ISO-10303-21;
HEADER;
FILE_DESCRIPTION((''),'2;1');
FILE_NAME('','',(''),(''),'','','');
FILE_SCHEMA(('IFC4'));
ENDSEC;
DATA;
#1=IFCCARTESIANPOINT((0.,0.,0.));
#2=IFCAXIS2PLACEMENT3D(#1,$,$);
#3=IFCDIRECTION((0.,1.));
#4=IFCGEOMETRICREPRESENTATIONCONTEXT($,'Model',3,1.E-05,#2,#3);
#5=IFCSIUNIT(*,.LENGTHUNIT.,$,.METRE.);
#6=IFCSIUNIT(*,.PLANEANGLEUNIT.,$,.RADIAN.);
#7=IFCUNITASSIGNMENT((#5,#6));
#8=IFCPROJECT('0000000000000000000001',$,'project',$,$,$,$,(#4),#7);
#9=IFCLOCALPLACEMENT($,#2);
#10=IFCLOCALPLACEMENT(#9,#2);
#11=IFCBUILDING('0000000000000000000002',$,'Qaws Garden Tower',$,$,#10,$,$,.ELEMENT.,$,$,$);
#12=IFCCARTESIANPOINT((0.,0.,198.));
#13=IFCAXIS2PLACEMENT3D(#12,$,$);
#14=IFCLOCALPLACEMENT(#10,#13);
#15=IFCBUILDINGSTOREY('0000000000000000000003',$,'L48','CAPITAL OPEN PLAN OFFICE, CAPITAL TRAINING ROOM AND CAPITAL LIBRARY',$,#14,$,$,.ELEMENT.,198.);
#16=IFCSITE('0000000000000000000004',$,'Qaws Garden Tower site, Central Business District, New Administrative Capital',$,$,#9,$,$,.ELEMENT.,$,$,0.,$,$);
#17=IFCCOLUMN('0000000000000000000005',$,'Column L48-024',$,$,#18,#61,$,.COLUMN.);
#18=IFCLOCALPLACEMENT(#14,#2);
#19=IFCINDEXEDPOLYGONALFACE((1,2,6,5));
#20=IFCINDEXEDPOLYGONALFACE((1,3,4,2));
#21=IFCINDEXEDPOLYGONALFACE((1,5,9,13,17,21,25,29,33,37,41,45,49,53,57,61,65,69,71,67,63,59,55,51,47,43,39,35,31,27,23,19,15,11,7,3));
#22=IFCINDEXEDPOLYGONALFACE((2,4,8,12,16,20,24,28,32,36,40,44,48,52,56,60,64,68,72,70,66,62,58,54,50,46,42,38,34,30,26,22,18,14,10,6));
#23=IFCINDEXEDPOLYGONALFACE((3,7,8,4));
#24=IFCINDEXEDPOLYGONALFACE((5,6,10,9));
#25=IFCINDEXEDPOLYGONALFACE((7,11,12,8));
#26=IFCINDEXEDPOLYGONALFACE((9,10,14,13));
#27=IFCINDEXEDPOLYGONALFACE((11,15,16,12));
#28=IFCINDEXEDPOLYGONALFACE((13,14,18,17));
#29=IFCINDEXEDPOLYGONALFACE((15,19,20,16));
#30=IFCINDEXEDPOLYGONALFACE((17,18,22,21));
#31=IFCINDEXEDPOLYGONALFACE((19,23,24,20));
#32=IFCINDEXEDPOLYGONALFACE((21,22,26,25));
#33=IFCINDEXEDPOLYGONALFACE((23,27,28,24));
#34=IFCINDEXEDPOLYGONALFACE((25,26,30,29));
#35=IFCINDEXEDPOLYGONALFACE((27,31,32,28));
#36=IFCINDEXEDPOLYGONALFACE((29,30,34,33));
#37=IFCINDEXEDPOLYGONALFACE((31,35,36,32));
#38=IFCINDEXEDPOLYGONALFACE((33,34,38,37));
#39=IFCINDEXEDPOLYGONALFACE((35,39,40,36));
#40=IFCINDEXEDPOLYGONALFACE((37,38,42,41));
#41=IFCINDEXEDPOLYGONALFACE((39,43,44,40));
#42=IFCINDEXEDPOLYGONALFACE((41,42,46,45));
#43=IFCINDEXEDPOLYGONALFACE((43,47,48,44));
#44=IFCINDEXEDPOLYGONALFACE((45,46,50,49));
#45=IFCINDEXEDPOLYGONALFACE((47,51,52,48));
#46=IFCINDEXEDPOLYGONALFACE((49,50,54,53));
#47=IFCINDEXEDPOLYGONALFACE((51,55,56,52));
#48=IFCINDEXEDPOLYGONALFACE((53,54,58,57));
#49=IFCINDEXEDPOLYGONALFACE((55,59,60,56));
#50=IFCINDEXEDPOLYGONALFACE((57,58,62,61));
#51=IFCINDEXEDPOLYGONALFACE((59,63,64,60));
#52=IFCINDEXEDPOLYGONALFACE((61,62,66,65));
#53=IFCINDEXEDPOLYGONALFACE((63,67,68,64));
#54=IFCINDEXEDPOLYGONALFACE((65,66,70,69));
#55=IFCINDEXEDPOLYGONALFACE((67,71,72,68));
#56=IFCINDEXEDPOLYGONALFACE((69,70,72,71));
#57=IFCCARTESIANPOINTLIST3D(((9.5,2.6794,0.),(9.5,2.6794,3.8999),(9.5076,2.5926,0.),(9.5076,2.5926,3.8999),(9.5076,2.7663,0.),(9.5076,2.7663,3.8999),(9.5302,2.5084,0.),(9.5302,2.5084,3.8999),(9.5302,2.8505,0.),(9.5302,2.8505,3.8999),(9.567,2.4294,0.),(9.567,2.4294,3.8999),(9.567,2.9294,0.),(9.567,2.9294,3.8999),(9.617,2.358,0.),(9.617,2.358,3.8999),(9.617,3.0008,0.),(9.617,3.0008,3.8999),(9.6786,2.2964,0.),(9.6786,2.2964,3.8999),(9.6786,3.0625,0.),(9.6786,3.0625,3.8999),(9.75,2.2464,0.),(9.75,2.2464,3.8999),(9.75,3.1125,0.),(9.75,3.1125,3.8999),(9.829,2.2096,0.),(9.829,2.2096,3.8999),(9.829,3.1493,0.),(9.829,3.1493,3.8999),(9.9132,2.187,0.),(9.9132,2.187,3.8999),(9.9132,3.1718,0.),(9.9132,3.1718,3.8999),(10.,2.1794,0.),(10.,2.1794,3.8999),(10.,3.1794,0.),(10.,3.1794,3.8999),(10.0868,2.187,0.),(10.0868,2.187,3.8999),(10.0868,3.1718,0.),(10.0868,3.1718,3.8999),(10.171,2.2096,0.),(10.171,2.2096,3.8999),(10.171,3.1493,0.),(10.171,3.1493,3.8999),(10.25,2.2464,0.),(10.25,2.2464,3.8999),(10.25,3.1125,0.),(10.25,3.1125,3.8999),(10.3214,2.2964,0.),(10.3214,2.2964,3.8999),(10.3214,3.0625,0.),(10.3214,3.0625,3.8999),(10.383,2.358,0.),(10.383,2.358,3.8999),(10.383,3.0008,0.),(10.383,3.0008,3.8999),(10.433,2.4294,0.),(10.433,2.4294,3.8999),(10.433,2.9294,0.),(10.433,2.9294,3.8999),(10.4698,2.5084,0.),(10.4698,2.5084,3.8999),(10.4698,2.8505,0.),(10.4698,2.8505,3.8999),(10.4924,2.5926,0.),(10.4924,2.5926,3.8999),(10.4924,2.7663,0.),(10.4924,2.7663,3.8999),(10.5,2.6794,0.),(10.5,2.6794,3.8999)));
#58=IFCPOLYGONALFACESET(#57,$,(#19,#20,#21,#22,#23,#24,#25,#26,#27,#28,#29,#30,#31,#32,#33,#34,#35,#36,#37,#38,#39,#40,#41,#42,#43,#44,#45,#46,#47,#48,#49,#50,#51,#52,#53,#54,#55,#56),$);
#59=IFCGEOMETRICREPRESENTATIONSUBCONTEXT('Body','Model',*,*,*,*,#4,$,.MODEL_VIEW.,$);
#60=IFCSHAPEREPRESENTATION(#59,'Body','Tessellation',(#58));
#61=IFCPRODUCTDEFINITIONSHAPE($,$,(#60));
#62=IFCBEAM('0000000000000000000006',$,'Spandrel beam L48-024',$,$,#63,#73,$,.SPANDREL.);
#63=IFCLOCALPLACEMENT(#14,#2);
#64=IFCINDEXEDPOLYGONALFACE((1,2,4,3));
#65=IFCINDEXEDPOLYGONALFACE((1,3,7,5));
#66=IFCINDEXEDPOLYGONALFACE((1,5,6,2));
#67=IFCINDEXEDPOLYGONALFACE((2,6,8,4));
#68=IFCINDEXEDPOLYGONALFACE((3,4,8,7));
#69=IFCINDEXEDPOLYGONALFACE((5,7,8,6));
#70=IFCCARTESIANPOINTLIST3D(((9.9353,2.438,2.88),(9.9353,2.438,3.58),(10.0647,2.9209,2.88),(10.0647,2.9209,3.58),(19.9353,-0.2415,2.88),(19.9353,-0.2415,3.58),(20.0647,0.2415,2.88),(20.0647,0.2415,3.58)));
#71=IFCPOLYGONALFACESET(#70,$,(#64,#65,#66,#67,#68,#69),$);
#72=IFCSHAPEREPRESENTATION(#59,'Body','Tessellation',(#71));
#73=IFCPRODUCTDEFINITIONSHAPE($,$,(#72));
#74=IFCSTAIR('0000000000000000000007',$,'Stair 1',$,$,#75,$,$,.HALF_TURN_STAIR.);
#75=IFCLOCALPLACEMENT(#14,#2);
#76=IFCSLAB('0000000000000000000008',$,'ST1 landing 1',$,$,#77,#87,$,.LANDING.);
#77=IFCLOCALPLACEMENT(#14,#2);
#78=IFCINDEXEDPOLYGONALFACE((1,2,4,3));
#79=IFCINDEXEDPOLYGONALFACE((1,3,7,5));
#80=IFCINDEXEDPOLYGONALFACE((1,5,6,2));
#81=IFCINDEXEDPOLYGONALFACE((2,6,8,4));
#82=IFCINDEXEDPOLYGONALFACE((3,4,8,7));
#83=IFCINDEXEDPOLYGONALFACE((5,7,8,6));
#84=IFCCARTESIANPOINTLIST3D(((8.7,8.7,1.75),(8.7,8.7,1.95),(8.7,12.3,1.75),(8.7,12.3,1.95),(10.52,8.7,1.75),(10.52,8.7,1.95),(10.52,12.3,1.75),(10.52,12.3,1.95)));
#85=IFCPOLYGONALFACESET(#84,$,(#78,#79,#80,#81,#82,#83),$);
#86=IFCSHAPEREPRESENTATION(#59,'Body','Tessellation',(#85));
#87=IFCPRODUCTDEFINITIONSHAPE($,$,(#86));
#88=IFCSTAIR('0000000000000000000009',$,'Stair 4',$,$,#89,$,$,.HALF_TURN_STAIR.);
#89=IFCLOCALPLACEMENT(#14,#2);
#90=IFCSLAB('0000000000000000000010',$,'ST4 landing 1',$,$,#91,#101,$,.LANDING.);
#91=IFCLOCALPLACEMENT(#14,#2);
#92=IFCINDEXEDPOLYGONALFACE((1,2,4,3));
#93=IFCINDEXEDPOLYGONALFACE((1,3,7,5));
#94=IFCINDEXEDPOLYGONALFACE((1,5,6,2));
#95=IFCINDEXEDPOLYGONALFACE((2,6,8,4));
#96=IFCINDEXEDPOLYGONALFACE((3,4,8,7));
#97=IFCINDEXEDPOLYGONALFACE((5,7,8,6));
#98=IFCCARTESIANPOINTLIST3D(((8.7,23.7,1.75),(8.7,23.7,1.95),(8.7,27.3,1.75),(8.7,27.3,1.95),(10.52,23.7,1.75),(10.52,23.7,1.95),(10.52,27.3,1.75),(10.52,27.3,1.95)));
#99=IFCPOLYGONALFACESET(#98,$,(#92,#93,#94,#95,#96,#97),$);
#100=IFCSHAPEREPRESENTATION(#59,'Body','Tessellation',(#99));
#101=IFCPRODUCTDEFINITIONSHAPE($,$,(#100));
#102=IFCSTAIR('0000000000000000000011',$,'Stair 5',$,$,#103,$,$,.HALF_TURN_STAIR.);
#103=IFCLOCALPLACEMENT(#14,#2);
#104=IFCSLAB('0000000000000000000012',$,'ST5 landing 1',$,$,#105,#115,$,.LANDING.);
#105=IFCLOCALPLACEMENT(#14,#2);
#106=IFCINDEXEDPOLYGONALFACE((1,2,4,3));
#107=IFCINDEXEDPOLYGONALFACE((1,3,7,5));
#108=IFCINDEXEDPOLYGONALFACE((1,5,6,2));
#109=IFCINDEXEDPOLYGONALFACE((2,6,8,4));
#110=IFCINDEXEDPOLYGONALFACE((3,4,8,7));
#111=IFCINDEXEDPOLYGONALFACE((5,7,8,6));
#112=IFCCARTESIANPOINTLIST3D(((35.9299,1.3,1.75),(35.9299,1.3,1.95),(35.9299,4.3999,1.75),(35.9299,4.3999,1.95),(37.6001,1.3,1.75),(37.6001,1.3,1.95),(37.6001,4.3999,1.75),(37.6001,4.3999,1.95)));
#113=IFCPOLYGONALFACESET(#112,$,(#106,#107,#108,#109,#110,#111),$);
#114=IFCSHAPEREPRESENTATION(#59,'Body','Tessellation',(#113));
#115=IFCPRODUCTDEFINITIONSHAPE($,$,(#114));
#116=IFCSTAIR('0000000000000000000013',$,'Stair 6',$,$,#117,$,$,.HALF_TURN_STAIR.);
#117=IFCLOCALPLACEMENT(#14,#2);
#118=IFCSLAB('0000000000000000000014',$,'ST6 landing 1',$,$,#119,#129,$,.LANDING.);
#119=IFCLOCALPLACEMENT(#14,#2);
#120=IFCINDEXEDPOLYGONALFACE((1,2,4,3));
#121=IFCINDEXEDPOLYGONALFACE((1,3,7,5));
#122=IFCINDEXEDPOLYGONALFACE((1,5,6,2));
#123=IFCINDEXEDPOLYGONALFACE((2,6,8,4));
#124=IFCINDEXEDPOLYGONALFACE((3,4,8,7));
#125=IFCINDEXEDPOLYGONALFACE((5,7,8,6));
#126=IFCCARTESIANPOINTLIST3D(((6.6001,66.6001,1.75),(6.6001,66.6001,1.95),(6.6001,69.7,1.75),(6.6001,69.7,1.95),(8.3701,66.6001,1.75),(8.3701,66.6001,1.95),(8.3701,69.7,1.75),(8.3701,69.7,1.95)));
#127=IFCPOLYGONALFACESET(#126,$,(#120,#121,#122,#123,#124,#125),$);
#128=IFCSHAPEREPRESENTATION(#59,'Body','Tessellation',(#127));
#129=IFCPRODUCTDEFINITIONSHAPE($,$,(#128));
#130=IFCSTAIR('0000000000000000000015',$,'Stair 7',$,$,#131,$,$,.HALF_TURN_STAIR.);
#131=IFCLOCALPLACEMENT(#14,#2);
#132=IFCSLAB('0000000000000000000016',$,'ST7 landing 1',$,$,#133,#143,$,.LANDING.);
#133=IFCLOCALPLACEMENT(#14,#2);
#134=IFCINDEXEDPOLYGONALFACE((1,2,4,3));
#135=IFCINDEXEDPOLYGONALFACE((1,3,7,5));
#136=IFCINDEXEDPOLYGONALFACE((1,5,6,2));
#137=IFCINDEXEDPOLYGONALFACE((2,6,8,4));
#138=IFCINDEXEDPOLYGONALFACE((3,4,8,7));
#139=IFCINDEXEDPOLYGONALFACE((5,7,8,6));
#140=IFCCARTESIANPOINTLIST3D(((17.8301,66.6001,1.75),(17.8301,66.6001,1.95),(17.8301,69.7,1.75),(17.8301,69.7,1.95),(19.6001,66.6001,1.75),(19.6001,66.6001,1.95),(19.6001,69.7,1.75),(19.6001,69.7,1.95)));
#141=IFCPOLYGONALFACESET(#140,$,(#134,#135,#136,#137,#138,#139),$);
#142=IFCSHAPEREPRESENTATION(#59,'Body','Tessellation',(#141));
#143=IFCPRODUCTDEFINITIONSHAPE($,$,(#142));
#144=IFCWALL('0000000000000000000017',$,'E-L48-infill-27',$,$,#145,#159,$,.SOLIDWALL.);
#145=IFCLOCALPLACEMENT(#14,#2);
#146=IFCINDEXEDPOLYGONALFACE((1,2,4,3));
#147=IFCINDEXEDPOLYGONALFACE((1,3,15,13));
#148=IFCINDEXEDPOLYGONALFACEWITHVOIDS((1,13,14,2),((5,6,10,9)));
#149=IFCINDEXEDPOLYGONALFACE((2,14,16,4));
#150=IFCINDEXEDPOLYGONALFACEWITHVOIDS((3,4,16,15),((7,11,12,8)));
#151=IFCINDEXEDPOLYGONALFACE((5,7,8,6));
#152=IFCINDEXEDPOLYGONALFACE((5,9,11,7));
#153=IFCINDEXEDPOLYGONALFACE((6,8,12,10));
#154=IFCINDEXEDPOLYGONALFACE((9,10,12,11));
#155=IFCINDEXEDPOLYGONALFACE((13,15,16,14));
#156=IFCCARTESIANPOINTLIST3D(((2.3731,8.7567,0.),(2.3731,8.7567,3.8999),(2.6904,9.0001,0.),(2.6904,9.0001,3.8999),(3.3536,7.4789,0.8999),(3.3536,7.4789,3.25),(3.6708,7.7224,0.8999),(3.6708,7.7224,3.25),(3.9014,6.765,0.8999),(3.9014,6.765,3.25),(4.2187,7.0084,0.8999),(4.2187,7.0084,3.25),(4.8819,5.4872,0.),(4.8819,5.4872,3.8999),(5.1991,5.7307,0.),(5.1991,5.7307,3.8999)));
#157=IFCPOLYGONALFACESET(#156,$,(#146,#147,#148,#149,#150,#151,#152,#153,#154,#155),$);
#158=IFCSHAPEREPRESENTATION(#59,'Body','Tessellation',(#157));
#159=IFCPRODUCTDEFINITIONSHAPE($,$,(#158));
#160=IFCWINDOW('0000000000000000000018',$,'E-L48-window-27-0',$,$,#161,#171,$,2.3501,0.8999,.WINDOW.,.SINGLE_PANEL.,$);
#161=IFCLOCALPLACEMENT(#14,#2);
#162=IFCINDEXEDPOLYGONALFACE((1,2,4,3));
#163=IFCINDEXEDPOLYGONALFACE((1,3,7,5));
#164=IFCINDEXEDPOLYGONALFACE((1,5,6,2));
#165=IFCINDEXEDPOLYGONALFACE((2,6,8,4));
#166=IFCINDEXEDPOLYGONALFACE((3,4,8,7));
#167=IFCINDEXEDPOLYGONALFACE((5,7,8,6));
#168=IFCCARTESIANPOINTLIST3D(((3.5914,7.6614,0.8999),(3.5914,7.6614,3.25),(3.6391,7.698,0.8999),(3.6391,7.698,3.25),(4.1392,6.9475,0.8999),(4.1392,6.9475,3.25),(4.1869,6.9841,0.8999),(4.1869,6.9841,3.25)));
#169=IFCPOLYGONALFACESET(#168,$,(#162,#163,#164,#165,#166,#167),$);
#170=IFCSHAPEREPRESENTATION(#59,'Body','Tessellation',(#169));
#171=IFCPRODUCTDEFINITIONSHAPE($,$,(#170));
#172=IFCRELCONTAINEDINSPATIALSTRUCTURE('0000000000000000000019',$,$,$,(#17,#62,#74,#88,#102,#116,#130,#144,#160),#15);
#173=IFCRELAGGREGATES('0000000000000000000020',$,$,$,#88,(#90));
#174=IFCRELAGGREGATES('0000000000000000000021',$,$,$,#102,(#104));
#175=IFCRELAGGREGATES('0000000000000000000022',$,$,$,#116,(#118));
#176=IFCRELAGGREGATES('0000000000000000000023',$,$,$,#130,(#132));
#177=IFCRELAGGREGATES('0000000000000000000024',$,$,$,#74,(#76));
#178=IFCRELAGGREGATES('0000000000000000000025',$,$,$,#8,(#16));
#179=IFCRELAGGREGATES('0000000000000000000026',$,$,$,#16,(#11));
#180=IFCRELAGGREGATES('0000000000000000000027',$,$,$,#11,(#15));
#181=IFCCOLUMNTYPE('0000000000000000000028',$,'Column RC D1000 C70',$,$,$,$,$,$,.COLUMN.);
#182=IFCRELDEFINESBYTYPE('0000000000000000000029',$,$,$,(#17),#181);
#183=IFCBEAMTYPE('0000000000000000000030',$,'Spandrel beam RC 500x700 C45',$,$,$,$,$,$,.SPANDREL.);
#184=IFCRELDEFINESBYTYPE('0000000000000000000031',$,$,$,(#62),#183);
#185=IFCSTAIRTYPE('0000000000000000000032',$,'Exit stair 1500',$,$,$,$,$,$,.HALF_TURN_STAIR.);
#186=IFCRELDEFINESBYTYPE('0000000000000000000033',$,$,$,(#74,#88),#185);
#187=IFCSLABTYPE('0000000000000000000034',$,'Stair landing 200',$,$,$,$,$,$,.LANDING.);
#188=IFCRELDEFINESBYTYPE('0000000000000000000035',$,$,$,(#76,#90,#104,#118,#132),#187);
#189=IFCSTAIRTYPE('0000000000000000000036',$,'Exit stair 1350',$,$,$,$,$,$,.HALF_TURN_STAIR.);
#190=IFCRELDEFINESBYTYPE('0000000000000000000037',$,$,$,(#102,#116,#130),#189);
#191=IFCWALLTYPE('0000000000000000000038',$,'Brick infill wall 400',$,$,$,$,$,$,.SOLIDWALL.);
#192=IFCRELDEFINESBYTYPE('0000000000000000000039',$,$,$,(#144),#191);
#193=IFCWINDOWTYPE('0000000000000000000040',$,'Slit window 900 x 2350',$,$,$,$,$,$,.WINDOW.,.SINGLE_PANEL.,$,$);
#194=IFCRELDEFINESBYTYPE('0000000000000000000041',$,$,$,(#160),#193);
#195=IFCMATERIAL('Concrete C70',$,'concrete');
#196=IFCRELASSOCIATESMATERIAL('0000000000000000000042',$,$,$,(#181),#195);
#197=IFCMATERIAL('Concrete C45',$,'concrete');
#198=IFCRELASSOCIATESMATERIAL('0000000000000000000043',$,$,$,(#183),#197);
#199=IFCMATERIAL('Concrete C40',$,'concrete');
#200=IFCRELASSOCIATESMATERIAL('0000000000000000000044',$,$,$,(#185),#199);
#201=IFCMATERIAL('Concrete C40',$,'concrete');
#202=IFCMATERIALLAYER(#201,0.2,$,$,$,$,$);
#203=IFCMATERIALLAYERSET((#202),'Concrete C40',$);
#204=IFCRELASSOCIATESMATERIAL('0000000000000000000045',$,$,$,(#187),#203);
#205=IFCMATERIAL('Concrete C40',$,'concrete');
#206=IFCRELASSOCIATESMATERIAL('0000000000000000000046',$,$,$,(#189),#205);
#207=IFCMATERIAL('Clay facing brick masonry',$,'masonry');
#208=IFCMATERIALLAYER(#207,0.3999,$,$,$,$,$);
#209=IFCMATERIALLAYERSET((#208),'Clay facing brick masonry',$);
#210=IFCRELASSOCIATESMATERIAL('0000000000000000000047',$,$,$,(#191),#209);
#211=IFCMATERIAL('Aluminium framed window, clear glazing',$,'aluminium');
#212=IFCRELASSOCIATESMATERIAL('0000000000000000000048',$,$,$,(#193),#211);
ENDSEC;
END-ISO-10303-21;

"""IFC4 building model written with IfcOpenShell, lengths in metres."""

from ifc_helpers import new_model, si_unit, direction, frame, frame_2d, origin, origin_2d, place, context, subcontext, project, spatial, polyline, rectangle, circle, outline, extrude, material, layer, layer_set, material_profile, profile_set, type_object, element, fill, aggregate, save


model = new_model("IFC4")

# Units and contexts
model_context = context("Model", 3, precision=1e-05, world=origin(), true_north=direction((0.0, 1.0)))
body_context = subcontext(model_context, "Body", "Model", "MODEL_VIEW")
ifc_project = project(units=[si_unit("LENGTHUNIT", "METRE"), si_unit("PLANEANGLEUNIT", "RADIAN")], contexts=[model_context])

# Site, building, storey
site_placement = place(None, origin())
site = spatial("IfcSite", under=ifc_project, at=site_placement, Name="Qaws Garden Tower site, Central Business District, New Administrative Capital", CompositionType="ELEMENT", RefElevation=0.0)
building_placement = place(site_placement, origin())
building = spatial("IfcBuilding", under=site, at=building_placement, Name="Qaws Garden Tower", CompositionType="ELEMENT")
storey_placement = place(building_placement, frame((0.0, 0.0, 198.0)))
storey = spatial("IfcBuildingStorey", under=building, at=storey_placement, Name="L48", Description="CAPITAL OPEN PLAN OFFICE, CAPITAL TRAINING ROOM AND CAPITAL LIBRARY", CompositionType="ELEMENT", Elevation=198.0)

# Column
ifc_material_1 = material(Name="Concrete C70", Category="concrete")
ifc_material_profile_1 = material_profile(ifc_material_1, circle(Radius=0.5, at=origin_2d()), Name="RC D1000")
ifc_profile_set_1 = profile_set([ifc_material_profile_1], Name="Concrete C70")
column_type = type_object("IfcColumnType", Name="Column RC D1000 C70", PredefinedType="COLUMN", material=ifc_profile_set_1)
column_placement = place(storey_placement, frame((10.0, 2.6794, 0.0), z_axis=(0.0, 0.0, 1.0), x_axis=(1.0, 0.0, 0.0)))
element("IfcColumn", 1, at=column_placement, inside=storey, type_object=column_type, Name="Column L48-024", PredefinedType="COLUMN", context=body_context, shape_type="SweptSolid", body=[
    extrude(circle(Radius=0.5, at=origin_2d()), origin(), (0.0, 0.0, 1.0), 3.8999),
])

# Beam
ifc_material_2 = material(Name="Concrete C45", Category="concrete")
ifc_material_profile_2 = material_profile(ifc_material_2, rectangle(XDim=0.5, YDim=0.7, at=origin_2d()), Name="RC 500x700")
ifc_profile_set_2 = profile_set([ifc_material_profile_2], Name="Concrete C45")
beam_type = type_object("IfcBeamType", Name="Spandrel beam RC 500x700 C45", PredefinedType="SPANDREL", material=ifc_profile_set_2)
beam_placement = place(storey_placement, frame((10.0, 2.6794, 3.23), z_axis=(0.965927, -0.258815, 0.0), x_axis=(0.258815, 0.965927, 0.0)))
element("IfcBeam", 2, at=beam_placement, inside=storey, type_object=beam_type, Name="Spandrel beam L48-024", PredefinedType="SPANDREL", context=body_context, shape_type="SweptSolid", body=[
    extrude(rectangle(XDim=0.5, YDim=0.7, at=origin_2d()), origin(), (0.0, 0.0, 1.0), 10.3528),
])

# Stairs, slabs
ifc_material_3 = material(Name="Concrete C40", Category="concrete")
stair_type_1 = type_object("IfcStairType", Name="Exit stair 1500", PredefinedType="HALF_TURN_STAIR", material=ifc_material_3)
placement_1 = place(storey_placement, origin())
stair_1 = element("IfcStair", 3, at=placement_1, inside=storey, type_object=stair_type_1, Name="Stair 1", PredefinedType="HALF_TURN_STAIR")
ifc_material_4 = material(Name="Concrete C40", Category="concrete")
ifc_layer_1 = layer(ifc_material_4, 0.2)
ifc_layer_set_1 = layer_set([ifc_layer_1], Name="Concrete C40")
slab_type = type_object("IfcSlabType", Name="Stair landing 200", PredefinedType="LANDING", material=ifc_layer_set_1)
placement_2 = place(storey_placement, frame((0.0, 0.0, 1.75)))
slab_1 = element("IfcSlab", 4, at=placement_2, type_object=slab_type, Name="ST1 landing 1", PredefinedType="LANDING", context=body_context, shape_type="SweptSolid", body=[
    extrude(outline(polyline([(8.7, 8.7), (10.52, 8.7), (10.52, 12.3), (8.7, 12.3), (8.7, 8.7)])), origin(), (0.0, 0.0, 1.0), 0.2),
])
stair_2 = element("IfcStair", 5, at=placement_1, inside=storey, type_object=stair_type_1, Name="Stair 4", PredefinedType="HALF_TURN_STAIR")
slab_2 = element("IfcSlab", 6, at=placement_2, type_object=slab_type, Name="ST4 landing 1", PredefinedType="LANDING", context=body_context, shape_type="SweptSolid", body=[
    extrude(outline(polyline([(8.7, 23.7), (10.52, 23.7), (10.52, 27.3), (8.7, 27.3), (8.7, 23.7)])), origin(), (0.0, 0.0, 1.0), 0.2),
])
aggregate(stair_2, [slab_2])
ifc_material_5 = material(Name="Concrete C40", Category="concrete")
stair_type_2 = type_object("IfcStairType", Name="Exit stair 1350", PredefinedType="HALF_TURN_STAIR", material=ifc_material_5)
stair_3 = element("IfcStair", 7, at=placement_1, inside=storey, type_object=stair_type_2, Name="Stair 5", PredefinedType="HALF_TURN_STAIR")
slab_3 = element("IfcSlab", 8, at=placement_2, type_object=slab_type, Name="ST5 landing 1", PredefinedType="LANDING", context=body_context, shape_type="SweptSolid", body=[
    extrude(outline(polyline([(35.9299, 1.3), (37.6001, 1.3), (37.6001, 4.3999), (35.9299, 4.3999), (35.9299, 1.3)])), origin(), (0.0, 0.0, 1.0), 0.2),
])
aggregate(stair_3, [slab_3])
stair_4 = element("IfcStair", 9, at=placement_1, inside=storey, type_object=stair_type_2, Name="Stair 6", PredefinedType="HALF_TURN_STAIR")
slab_4 = element("IfcSlab", 10, at=placement_2, type_object=slab_type, Name="ST6 landing 1", PredefinedType="LANDING", context=body_context, shape_type="SweptSolid", body=[
    extrude(outline(polyline([(6.6001, 66.6001), (8.3701, 66.6001), (8.3701, 69.7), (6.6001, 69.7), (6.6001, 66.6001)])), origin(), (0.0, 0.0, 1.0), 0.2),
])
aggregate(stair_4, [slab_4])
stair_5 = element("IfcStair", 11, at=placement_1, inside=storey, type_object=stair_type_2, Name="Stair 7", PredefinedType="HALF_TURN_STAIR")
slab_5 = element("IfcSlab", 12, at=placement_2, type_object=slab_type, Name="ST7 landing 1", PredefinedType="LANDING", context=body_context, shape_type="SweptSolid", body=[
    extrude(outline(polyline([(17.8301, 66.6001), (19.6001, 66.6001), (19.6001, 69.7), (17.8301, 69.7), (17.8301, 66.6001)])), origin(), (0.0, 0.0, 1.0), 0.2),
])
aggregate(stair_5, [slab_5])

# Wall, opening, window
ifc_material_6 = material(Name="Clay facing brick masonry", Category="masonry")
ifc_layer_2 = layer(ifc_material_6, 0.3999)
ifc_layer_set_2 = layer_set([ifc_layer_2], Name="Clay facing brick masonry")
wall_type_1 = type_object("IfcWallType", Name="Brick infill wall 400", PredefinedType="SOLIDWALL", material=ifc_layer_set_2)
wall_1_placement = place(storey_placement, frame((2.5317, 8.8784, 0.0), z_axis=(0.0, 0.0, 1.0), x_axis=(0.60876, -0.793355, 0.0)))
wall_1 = element("IfcWall", 13, at=wall_1_placement, inside=storey, type_object=wall_type_1, Name="E-L48-infill-27", PredefinedType="SOLIDWALL", context=body_context, shape_type="SweptSolid", body=[
    extrude(rectangle(XDim=4.1211, YDim=0.3999, at=frame_2d((2.0605, 0.0))), origin(), (0.0, 0.0, 1.0), 3.8999),
])
opening_1_placement = place(wall_1_placement, frame((1.6106, 0.0, 0.8999)))
opening_1 = element("IfcOpeningElement", 14, at=opening_1_placement, cuts=wall_1, PredefinedType="OPENING", context=body_context, shape_type="SweptSolid", body=[
    extrude(rectangle(XDim=0.8999, YDim=2.3501, at=frame_2d((0.45, 1.175))), frame((0.0, 0.21, 0.0), z_axis=(0.0, -1.0, 0.0), x_axis=(1.0, 0.0, 0.0)), (0.0, 0.0, 1.0), 0.4199),
])
ifc_material_7 = material(Name="Aluminium framed window, clear glazing", Category="aluminium")
window_type = type_object("IfcWindowType", Name="Slit window 900 x 2350", PartitioningType="SINGLE_PANEL", PredefinedType="WINDOW", material=ifc_material_7)
window_1_placement = place(opening_1_placement, origin())
window_1 = element("IfcWindow", 15, at=window_1_placement, inside=storey, type_object=window_type, Name="E-L48-window-27-0", OverallHeight=2.3501, OverallWidth=0.8999, PartitioningType="SINGLE_PANEL", PredefinedType="WINDOW", context=body_context, shape_type="SweptSolid", body=[
    extrude(rectangle(XDim=0.8999, YDim=2.3501, at=frame_2d((0.45, 1.175))), frame((0.0, 0.1599, 0.0), z_axis=(0.0, -1.0, 0.0), x_axis=(1.0, 0.0, 0.0)), (0.0, 0.0, 1.0), 0.0601),
])
fill(opening_1, window_1)

aggregate(stair_1, [slab_1])

save(model, "model.ifc")
